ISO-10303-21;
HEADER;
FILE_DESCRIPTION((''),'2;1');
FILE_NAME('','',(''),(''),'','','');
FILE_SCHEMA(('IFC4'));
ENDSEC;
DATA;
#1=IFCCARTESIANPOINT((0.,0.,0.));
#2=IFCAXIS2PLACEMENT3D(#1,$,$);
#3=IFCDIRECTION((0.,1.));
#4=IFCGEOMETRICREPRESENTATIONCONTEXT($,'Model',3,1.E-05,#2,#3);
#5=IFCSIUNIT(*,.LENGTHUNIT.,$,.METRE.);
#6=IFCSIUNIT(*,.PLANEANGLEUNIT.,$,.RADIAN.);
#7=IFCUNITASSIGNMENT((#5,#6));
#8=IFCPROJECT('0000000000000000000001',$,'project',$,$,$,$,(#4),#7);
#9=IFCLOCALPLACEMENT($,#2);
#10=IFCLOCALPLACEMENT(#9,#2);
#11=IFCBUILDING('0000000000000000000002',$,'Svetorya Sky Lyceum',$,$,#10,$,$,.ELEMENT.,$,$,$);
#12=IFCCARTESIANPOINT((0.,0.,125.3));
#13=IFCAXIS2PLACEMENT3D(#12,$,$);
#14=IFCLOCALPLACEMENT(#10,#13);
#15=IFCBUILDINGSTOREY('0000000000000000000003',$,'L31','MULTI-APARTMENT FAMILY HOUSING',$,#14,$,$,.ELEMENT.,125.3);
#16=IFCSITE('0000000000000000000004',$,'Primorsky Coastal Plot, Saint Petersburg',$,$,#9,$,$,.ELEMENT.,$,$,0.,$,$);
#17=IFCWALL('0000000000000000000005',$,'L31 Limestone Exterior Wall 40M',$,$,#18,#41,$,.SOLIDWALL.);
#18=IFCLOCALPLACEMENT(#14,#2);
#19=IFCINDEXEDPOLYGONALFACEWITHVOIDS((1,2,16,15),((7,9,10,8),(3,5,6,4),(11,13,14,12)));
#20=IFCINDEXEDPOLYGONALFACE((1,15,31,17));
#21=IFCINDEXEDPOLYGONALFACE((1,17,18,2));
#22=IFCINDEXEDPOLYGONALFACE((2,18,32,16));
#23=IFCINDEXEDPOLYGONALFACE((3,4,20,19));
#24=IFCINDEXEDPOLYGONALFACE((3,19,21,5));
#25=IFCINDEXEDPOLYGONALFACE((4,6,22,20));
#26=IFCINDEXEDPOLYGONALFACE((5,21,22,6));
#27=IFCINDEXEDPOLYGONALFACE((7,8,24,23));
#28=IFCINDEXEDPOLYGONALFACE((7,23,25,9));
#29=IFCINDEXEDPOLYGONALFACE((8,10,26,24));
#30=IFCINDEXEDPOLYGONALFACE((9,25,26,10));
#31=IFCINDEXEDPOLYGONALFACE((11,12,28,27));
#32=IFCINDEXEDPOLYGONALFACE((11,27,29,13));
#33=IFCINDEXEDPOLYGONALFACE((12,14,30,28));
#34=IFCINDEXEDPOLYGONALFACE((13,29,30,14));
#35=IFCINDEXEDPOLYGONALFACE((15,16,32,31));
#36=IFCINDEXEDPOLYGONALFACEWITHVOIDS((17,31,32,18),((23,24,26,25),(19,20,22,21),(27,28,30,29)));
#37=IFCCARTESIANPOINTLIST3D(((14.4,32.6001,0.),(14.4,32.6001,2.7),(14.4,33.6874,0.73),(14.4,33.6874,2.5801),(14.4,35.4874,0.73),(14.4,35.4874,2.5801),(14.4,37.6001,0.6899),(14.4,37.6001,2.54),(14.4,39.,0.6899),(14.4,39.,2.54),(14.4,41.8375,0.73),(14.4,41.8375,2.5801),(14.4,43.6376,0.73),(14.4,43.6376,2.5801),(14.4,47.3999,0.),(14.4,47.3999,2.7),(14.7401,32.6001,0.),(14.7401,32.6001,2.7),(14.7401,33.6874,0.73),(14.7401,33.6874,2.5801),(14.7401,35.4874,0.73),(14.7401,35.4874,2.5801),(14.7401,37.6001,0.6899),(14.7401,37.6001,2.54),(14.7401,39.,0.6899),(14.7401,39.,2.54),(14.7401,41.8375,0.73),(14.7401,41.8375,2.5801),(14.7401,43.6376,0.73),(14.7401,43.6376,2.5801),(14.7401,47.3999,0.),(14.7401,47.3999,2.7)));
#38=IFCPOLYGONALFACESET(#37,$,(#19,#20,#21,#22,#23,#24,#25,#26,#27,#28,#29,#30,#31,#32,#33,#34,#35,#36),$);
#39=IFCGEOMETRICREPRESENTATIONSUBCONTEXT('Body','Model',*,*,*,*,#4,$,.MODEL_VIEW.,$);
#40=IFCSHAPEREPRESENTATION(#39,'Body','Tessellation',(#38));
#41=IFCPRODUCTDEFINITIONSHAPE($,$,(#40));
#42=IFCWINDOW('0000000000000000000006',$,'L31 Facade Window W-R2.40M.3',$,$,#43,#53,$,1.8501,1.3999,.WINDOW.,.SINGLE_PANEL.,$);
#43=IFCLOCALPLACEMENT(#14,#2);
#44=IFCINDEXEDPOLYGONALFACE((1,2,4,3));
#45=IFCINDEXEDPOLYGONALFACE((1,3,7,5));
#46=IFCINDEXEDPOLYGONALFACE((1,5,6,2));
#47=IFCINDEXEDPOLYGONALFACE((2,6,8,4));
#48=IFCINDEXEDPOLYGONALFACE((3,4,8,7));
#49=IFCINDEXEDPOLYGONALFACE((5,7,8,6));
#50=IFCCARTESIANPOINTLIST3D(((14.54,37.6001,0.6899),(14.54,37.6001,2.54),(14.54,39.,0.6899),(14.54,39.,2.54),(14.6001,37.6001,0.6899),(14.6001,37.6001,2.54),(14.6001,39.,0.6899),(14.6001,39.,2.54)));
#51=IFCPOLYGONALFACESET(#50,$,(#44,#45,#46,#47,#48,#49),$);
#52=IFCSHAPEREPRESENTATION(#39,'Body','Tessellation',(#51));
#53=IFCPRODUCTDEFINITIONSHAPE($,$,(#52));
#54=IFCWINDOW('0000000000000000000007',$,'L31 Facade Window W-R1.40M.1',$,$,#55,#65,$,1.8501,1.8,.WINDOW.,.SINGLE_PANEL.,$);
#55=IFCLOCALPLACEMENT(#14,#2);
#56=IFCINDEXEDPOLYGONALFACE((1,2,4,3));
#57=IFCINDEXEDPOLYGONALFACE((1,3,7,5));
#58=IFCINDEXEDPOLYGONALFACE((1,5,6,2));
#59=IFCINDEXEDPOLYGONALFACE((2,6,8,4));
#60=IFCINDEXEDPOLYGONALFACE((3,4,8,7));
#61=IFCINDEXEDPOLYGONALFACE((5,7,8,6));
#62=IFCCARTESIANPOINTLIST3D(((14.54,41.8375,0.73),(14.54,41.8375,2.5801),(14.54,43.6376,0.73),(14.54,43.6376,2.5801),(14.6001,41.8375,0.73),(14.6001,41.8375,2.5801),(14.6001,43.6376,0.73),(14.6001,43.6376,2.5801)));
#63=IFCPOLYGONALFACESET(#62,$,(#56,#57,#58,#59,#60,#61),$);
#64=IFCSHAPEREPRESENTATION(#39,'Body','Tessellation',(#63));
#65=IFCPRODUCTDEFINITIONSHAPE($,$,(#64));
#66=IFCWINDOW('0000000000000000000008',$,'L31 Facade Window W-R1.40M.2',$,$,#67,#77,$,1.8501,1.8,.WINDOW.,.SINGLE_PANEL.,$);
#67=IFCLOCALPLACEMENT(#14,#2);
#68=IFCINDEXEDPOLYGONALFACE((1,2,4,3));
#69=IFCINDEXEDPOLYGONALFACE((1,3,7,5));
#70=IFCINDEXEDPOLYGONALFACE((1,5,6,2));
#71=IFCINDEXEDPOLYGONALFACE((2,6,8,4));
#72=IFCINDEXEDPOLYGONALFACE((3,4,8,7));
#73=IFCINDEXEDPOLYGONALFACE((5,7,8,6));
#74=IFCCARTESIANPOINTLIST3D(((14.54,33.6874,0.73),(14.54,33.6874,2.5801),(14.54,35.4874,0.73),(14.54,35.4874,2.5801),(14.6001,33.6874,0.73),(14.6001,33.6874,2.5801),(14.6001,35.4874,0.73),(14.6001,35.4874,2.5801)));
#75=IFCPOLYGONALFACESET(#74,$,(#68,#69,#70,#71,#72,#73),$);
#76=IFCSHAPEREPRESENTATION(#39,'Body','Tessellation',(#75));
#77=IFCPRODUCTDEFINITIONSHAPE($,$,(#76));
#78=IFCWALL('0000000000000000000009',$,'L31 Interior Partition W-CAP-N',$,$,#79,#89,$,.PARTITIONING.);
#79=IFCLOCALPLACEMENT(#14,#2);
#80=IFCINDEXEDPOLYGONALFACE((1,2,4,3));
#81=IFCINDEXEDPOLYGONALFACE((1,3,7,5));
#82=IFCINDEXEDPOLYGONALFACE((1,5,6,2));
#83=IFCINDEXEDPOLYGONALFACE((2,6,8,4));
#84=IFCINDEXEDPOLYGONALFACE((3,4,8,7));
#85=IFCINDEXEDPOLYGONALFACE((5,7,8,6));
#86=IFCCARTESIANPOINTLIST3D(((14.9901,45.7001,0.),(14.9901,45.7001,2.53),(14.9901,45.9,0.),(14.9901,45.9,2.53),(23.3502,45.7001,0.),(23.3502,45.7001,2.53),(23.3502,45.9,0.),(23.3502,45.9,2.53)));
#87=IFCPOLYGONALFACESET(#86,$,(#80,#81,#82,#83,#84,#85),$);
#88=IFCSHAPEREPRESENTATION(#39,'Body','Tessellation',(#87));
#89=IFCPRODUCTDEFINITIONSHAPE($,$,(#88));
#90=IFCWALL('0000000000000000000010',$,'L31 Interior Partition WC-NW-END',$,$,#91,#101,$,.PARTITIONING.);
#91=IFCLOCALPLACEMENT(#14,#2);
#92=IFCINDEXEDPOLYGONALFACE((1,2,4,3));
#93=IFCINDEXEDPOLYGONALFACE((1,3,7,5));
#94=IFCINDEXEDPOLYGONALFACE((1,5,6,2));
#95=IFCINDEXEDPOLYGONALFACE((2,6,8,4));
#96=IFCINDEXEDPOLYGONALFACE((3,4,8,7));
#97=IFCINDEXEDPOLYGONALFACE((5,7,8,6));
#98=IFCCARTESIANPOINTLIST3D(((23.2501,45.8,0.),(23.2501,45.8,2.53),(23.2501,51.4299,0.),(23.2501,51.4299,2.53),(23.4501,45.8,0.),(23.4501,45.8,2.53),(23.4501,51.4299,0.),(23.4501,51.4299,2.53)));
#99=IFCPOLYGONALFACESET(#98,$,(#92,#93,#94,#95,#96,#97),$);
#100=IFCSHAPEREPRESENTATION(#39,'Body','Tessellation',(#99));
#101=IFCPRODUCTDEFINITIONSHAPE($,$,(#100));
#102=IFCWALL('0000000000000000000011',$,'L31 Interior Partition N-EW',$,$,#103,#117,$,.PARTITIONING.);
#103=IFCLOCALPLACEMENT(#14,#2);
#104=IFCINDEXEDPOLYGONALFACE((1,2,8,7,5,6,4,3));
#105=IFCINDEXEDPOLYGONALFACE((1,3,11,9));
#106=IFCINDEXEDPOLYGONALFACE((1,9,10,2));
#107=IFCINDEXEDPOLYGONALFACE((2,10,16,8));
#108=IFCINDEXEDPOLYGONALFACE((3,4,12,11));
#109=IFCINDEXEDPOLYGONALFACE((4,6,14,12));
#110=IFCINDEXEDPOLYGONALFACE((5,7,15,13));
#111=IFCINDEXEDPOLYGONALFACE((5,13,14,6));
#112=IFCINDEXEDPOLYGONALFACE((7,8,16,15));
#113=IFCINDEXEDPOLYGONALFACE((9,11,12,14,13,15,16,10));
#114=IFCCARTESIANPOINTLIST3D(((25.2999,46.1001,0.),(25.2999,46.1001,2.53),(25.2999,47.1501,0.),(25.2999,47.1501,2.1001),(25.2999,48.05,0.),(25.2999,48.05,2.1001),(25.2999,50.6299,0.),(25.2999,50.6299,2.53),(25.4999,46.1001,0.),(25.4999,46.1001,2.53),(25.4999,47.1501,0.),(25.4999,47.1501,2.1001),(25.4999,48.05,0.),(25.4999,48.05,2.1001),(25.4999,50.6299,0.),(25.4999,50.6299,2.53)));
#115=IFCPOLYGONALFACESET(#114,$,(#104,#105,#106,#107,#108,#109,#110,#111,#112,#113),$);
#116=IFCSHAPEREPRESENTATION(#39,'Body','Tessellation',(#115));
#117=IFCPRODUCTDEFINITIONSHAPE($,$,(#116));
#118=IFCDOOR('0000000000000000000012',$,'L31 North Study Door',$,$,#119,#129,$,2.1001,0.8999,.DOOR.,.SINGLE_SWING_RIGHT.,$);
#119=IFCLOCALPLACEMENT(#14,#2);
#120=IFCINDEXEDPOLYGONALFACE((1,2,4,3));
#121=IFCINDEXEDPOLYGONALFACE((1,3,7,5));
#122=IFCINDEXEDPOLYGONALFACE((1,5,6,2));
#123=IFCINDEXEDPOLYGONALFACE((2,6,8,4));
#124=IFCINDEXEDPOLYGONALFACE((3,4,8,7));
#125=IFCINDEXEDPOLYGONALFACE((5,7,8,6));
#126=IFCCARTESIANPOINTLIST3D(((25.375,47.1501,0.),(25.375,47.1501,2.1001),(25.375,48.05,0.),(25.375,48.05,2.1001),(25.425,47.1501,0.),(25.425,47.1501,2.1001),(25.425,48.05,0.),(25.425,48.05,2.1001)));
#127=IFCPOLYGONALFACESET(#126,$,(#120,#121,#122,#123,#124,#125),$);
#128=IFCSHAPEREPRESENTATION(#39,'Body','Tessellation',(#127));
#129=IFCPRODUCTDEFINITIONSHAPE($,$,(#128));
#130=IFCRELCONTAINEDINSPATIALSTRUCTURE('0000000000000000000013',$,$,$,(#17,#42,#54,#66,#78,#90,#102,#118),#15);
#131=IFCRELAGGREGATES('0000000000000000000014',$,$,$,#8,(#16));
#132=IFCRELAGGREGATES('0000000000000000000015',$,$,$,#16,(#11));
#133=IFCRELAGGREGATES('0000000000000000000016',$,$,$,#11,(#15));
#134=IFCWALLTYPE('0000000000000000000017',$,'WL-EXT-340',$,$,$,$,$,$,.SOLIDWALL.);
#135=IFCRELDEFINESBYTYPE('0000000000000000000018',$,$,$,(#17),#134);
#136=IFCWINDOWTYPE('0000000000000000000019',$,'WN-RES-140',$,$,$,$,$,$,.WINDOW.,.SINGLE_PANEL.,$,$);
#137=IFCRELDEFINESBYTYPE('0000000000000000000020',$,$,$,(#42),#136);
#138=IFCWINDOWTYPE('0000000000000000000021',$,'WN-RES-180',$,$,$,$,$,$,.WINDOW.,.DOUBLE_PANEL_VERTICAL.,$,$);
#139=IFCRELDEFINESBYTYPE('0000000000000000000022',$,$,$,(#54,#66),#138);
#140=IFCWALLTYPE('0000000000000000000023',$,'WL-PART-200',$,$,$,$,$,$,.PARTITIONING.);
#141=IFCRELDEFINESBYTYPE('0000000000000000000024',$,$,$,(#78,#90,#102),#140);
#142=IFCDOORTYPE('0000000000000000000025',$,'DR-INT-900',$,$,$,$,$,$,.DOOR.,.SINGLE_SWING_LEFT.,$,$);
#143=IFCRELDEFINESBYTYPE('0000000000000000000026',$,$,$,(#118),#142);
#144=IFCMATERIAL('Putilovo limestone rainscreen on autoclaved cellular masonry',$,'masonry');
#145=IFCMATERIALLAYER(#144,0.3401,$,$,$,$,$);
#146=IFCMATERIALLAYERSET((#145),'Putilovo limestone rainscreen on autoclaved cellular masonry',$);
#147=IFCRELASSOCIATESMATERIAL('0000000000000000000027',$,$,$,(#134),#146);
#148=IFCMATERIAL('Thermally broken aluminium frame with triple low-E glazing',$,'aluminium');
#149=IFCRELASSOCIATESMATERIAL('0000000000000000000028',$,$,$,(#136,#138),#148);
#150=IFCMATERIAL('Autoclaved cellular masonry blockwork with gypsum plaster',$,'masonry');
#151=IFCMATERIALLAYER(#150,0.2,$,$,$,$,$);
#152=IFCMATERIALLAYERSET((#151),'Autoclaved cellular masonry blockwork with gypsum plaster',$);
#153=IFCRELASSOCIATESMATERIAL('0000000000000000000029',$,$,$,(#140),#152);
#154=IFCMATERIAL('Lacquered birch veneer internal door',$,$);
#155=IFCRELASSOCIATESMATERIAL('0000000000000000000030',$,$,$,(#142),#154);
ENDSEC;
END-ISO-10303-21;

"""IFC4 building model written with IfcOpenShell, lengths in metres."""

from ifc_helpers import new_model, si_unit, direction, frame, frame_2d, origin, place, context, subcontext, project, spatial, rectangle, extrude, material, layer, layer_set, type_object, element, fill, save


model = new_model("IFC4")

# Units and contexts
model_context = context("Model", 3, precision=1e-05, world=origin(), true_north=direction((0.0, 1.0)))
body_context = subcontext(model_context, "Body", "Model", "MODEL_VIEW")
ifc_project = project(units=[si_unit("LENGTHUNIT", "METRE"), si_unit("PLANEANGLEUNIT", "RADIAN")], contexts=[model_context])

# Site, building, storey
site_placement = place(None, origin())
site = spatial("IfcSite", under=ifc_project, at=site_placement, Name="Primorsky Coastal Plot, Saint Petersburg", CompositionType="ELEMENT", RefElevation=0.0)
building_placement = place(site_placement, origin())
building = spatial("IfcBuilding", under=site, at=building_placement, Name="Svetorya Sky Lyceum", CompositionType="ELEMENT")
storey_placement = place(building_placement, frame((0.0, 0.0, 125.3)))
storey = spatial("IfcBuildingStorey", under=building, at=storey_placement, Name="L31", Description="MULTI-APARTMENT FAMILY HOUSING", CompositionType="ELEMENT", Elevation=125.3)

# Shared definitions
ifc_material_1 = material(Name="Putilovo limestone rainscreen on autoclaved cellular masonry", Category="masonry")
ifc_layer_1 = layer(ifc_material_1, 0.3401)
ifc_layer_set_1 = layer_set([ifc_layer_1], Name="Putilovo limestone rainscreen on autoclaved cellular masonry")
wall_type_1 = type_object("IfcWallType", Name="WL-EXT-340", PredefinedType="SOLIDWALL", material=ifc_layer_set_1)

# Wall, openings, windows
wall_1_placement = place(storey_placement, frame((14.5701, 47.3999, 0.0), z_axis=(0.0, 0.0, 1.0), x_axis=(0.0, -1.0, 0.0)))
wall_1 = element("IfcWall", 1, at=wall_1_placement, inside=storey, type_object=wall_type_1, Name="L31 Limestone Exterior Wall 40M", PredefinedType="SOLIDWALL", context=body_context, shape_type="SweptSolid", body=[
    extrude(rectangle(XDim=14.7998, YDim=0.3401, at=frame_2d((7.3999, 0.0))), origin(), (0.0, 0.0, 1.0), 2.7),
])
opening_1_placement = place(wall_1_placement, frame((3.7625, 0.0, 0.73)))
opening_1 = element("IfcOpeningElement", 2, at=opening_1_placement, cuts=wall_1, PredefinedType="OPENING", context=body_context, shape_type="SweptSolid", body=[
    extrude(rectangle(XDim=1.8, YDim=1.8501, at=frame_2d((0.8999, 0.925))), frame((0.0, 0.1799, 0.0), z_axis=(0.0, -1.0, 0.0), x_axis=(1.0, 0.0, 0.0)), (0.0, 0.0, 1.0), 0.3601),
])
opening_2_placement = place(wall_1_placement, frame((8.3999, 0.0, 0.6899)))
opening_2 = element("IfcOpeningElement", 3, at=opening_2_placement, cuts=wall_1, PredefinedType="OPENING", context=body_context, shape_type="SweptSolid", body=[
    extrude(rectangle(XDim=1.3999, YDim=1.8501, at=frame_2d((0.7, 0.925))), frame((0.0, 0.1799, 0.0), z_axis=(0.0, -1.0, 0.0), x_axis=(1.0, 0.0, 0.0)), (0.0, 0.0, 1.0), 0.3601),
])
opening_3_placement = place(wall_1_placement, frame((11.9126, 0.0, 0.73)))
opening_3 = element("IfcOpeningElement", 4, at=opening_3_placement, cuts=wall_1, PredefinedType="OPENING", context=body_context, shape_type="SweptSolid", body=[
    extrude(rectangle(XDim=1.8, YDim=1.8501, at=frame_2d((0.8999, 0.925))), frame((0.0, 0.1799, 0.0), z_axis=(0.0, -1.0, 0.0), x_axis=(1.0, 0.0, 0.0)), (0.0, 0.0, 1.0), 0.3601),
])
ifc_material_2 = material(Name="Thermally broken aluminium frame with triple low-E glazing", Category="aluminium")
window_type_1 = type_object("IfcWindowType", Name="WN-RES-140", PartitioningType="SINGLE_PANEL", PredefinedType="WINDOW", material=ifc_material_2)
window_1_placement = place(opening_2_placement, origin())
window_1 = element("IfcWindow", 5, at=window_1_placement, inside=storey, type_object=window_type_1, Name="L31 Facade Window W-R2.40M.3", OverallHeight=1.8501, OverallWidth=1.3999, PartitioningType="SINGLE_PANEL", PredefinedType="WINDOW", context=body_context, shape_type="SweptSolid", body=[
    extrude(rectangle(XDim=1.3999, YDim=1.8501, at=frame_2d((0.7, 0.925))), frame((0.0, 0.03, 0.0), z_axis=(0.0, -1.0, 0.0), x_axis=(1.0, 0.0, 0.0)), (0.0, 0.0, 1.0), 0.0601),
])
fill(opening_2, window_1)
window_type_2 = type_object("IfcWindowType", Name="WN-RES-180", PartitioningType="DOUBLE_PANEL_VERTICAL", PredefinedType="WINDOW", material=ifc_material_2)
window_2_placement = place(opening_1_placement, origin())
window_2 = element("IfcWindow", 6, at=window_2_placement, inside=storey, type_object=window_type_2, Name="L31 Facade Window W-R1.40M.1", OverallHeight=1.8501, OverallWidth=1.8, PartitioningType="SINGLE_PANEL", PredefinedType="WINDOW", context=body_context, shape_type="SweptSolid", body=[
    extrude(rectangle(XDim=1.8, YDim=1.8501, at=frame_2d((0.8999, 0.925))), frame((0.0, 0.03, 0.0), z_axis=(0.0, -1.0, 0.0), x_axis=(1.0, 0.0, 0.0)), (0.0, 0.0, 1.0), 0.0601),
])
fill(opening_1, window_2)
window_3_placement = place(opening_3_placement, origin())
window_3 = element("IfcWindow", 7, at=window_3_placement, inside=storey, type_object=window_type_2, Name="L31 Facade Window W-R1.40M.2", OverallHeight=1.8501, OverallWidth=1.8, PartitioningType="SINGLE_PANEL", PredefinedType="WINDOW", context=body_context, shape_type="SweptSolid", body=[
    extrude(rectangle(XDim=1.8, YDim=1.8501, at=frame_2d((0.8999, 0.925))), frame((0.0, 0.03, 0.0), z_axis=(0.0, -1.0, 0.0), x_axis=(1.0, 0.0, 0.0)), (0.0, 0.0, 1.0), 0.0601),
])
fill(opening_3, window_3)

# Walls
ifc_material_3 = material(Name="Autoclaved cellular masonry blockwork with gypsum plaster", Category="masonry")
ifc_layer_2 = layer(ifc_material_3, 0.2)
ifc_layer_set_2 = layer_set([ifc_layer_2], Name="Autoclaved cellular masonry blockwork with gypsum plaster")
wall_type_2 = type_object("IfcWallType", Name="WL-PART-200", PredefinedType="PARTITIONING", material=ifc_layer_set_2)
wall_2_placement = place(storey_placement, frame((14.99, 45.8, 0.0), z_axis=(0.0, 0.0, 1.0), x_axis=(1.0, 0.0, 0.0)))
element("IfcWall", 8, at=wall_2_placement, inside=storey, type_object=wall_type_2, Name="L31 Interior Partition W-CAP-N", PredefinedType="PARTITIONING", context=body_context, shape_type="SweptSolid", body=[
    extrude(rectangle(XDim=8.3601, YDim=0.2, at=frame_2d((4.1802, 0.0))), origin(), (0.0, 0.0, 1.0), 2.53),
])
wall_3_placement = place(storey_placement, frame((23.3501, 45.8, 0.0), z_axis=(0.0, 0.0, 1.0), x_axis=(0.0, 1.0, 0.0)))
element("IfcWall", 9, at=wall_3_placement, inside=storey, type_object=wall_type_2, Name="L31 Interior Partition WC-NW-END", PredefinedType="PARTITIONING", context=body_context, shape_type="SweptSolid", body=[
    extrude(rectangle(XDim=5.6299, YDim=0.2, at=frame_2d((2.8149, 0.0))), origin(), (0.0, 0.0, 1.0), 2.53),
])

# Wall, opening, door
wall_4_placement = place(storey_placement, frame((25.3999, 46.1001, 0.0), z_axis=(0.0, 0.0, 1.0), x_axis=(0.0, 1.0, 0.0)))
wall_4 = element("IfcWall", 10, at=wall_4_placement, inside=storey, type_object=wall_type_2, Name="L31 Interior Partition N-EW", PredefinedType="PARTITIONING", context=body_context, shape_type="SweptSolid", body=[
    extrude(rectangle(XDim=4.5298, YDim=0.2, at=frame_2d((2.2649, 0.0))), origin(), (0.0, 0.0, 1.0), 2.53),
])
opening_4_placement = place(wall_4_placement, frame((1.05, 0.0, 0.0)))
opening_4 = element("IfcOpeningElement", 11, at=opening_4_placement, cuts=wall_4, PredefinedType="OPENING", context=body_context, shape_type="SweptSolid", body=[
    extrude(rectangle(XDim=0.8999, YDim=2.1001, at=frame_2d((0.45, 1.05))), frame((0.0, 0.1099, 0.0), z_axis=(0.0, -1.0, 0.0), x_axis=(1.0, 0.0, 0.0)), (0.0, 0.0, 1.0), 0.22),
])
ifc_material_4 = material(Name="Lacquered birch veneer internal door")
door_type = type_object("IfcDoorType", Name="DR-INT-900", OperationType="SINGLE_SWING_LEFT", PredefinedType="DOOR", material=ifc_material_4)
door_placement = place(opening_4_placement, origin())
door = element("IfcDoor", 12, at=door_placement, inside=storey, type_object=door_type, Name="L31 North Study Door", OperationType="SINGLE_SWING_RIGHT", OverallHeight=2.1001, OverallWidth=0.8999, PredefinedType="DOOR", context=body_context, shape_type="SweptSolid", body=[
    extrude(rectangle(XDim=0.8999, YDim=2.1001, at=frame_2d((0.45, 1.05))), frame((0.0, 0.0249, 0.0), z_axis=(0.0, -1.0, 0.0), x_axis=(1.0, 0.0, 0.0)), (0.0, 0.0, 1.0), 0.05),
])
fill(opening_4, door)

save(model, "model.ifc")
